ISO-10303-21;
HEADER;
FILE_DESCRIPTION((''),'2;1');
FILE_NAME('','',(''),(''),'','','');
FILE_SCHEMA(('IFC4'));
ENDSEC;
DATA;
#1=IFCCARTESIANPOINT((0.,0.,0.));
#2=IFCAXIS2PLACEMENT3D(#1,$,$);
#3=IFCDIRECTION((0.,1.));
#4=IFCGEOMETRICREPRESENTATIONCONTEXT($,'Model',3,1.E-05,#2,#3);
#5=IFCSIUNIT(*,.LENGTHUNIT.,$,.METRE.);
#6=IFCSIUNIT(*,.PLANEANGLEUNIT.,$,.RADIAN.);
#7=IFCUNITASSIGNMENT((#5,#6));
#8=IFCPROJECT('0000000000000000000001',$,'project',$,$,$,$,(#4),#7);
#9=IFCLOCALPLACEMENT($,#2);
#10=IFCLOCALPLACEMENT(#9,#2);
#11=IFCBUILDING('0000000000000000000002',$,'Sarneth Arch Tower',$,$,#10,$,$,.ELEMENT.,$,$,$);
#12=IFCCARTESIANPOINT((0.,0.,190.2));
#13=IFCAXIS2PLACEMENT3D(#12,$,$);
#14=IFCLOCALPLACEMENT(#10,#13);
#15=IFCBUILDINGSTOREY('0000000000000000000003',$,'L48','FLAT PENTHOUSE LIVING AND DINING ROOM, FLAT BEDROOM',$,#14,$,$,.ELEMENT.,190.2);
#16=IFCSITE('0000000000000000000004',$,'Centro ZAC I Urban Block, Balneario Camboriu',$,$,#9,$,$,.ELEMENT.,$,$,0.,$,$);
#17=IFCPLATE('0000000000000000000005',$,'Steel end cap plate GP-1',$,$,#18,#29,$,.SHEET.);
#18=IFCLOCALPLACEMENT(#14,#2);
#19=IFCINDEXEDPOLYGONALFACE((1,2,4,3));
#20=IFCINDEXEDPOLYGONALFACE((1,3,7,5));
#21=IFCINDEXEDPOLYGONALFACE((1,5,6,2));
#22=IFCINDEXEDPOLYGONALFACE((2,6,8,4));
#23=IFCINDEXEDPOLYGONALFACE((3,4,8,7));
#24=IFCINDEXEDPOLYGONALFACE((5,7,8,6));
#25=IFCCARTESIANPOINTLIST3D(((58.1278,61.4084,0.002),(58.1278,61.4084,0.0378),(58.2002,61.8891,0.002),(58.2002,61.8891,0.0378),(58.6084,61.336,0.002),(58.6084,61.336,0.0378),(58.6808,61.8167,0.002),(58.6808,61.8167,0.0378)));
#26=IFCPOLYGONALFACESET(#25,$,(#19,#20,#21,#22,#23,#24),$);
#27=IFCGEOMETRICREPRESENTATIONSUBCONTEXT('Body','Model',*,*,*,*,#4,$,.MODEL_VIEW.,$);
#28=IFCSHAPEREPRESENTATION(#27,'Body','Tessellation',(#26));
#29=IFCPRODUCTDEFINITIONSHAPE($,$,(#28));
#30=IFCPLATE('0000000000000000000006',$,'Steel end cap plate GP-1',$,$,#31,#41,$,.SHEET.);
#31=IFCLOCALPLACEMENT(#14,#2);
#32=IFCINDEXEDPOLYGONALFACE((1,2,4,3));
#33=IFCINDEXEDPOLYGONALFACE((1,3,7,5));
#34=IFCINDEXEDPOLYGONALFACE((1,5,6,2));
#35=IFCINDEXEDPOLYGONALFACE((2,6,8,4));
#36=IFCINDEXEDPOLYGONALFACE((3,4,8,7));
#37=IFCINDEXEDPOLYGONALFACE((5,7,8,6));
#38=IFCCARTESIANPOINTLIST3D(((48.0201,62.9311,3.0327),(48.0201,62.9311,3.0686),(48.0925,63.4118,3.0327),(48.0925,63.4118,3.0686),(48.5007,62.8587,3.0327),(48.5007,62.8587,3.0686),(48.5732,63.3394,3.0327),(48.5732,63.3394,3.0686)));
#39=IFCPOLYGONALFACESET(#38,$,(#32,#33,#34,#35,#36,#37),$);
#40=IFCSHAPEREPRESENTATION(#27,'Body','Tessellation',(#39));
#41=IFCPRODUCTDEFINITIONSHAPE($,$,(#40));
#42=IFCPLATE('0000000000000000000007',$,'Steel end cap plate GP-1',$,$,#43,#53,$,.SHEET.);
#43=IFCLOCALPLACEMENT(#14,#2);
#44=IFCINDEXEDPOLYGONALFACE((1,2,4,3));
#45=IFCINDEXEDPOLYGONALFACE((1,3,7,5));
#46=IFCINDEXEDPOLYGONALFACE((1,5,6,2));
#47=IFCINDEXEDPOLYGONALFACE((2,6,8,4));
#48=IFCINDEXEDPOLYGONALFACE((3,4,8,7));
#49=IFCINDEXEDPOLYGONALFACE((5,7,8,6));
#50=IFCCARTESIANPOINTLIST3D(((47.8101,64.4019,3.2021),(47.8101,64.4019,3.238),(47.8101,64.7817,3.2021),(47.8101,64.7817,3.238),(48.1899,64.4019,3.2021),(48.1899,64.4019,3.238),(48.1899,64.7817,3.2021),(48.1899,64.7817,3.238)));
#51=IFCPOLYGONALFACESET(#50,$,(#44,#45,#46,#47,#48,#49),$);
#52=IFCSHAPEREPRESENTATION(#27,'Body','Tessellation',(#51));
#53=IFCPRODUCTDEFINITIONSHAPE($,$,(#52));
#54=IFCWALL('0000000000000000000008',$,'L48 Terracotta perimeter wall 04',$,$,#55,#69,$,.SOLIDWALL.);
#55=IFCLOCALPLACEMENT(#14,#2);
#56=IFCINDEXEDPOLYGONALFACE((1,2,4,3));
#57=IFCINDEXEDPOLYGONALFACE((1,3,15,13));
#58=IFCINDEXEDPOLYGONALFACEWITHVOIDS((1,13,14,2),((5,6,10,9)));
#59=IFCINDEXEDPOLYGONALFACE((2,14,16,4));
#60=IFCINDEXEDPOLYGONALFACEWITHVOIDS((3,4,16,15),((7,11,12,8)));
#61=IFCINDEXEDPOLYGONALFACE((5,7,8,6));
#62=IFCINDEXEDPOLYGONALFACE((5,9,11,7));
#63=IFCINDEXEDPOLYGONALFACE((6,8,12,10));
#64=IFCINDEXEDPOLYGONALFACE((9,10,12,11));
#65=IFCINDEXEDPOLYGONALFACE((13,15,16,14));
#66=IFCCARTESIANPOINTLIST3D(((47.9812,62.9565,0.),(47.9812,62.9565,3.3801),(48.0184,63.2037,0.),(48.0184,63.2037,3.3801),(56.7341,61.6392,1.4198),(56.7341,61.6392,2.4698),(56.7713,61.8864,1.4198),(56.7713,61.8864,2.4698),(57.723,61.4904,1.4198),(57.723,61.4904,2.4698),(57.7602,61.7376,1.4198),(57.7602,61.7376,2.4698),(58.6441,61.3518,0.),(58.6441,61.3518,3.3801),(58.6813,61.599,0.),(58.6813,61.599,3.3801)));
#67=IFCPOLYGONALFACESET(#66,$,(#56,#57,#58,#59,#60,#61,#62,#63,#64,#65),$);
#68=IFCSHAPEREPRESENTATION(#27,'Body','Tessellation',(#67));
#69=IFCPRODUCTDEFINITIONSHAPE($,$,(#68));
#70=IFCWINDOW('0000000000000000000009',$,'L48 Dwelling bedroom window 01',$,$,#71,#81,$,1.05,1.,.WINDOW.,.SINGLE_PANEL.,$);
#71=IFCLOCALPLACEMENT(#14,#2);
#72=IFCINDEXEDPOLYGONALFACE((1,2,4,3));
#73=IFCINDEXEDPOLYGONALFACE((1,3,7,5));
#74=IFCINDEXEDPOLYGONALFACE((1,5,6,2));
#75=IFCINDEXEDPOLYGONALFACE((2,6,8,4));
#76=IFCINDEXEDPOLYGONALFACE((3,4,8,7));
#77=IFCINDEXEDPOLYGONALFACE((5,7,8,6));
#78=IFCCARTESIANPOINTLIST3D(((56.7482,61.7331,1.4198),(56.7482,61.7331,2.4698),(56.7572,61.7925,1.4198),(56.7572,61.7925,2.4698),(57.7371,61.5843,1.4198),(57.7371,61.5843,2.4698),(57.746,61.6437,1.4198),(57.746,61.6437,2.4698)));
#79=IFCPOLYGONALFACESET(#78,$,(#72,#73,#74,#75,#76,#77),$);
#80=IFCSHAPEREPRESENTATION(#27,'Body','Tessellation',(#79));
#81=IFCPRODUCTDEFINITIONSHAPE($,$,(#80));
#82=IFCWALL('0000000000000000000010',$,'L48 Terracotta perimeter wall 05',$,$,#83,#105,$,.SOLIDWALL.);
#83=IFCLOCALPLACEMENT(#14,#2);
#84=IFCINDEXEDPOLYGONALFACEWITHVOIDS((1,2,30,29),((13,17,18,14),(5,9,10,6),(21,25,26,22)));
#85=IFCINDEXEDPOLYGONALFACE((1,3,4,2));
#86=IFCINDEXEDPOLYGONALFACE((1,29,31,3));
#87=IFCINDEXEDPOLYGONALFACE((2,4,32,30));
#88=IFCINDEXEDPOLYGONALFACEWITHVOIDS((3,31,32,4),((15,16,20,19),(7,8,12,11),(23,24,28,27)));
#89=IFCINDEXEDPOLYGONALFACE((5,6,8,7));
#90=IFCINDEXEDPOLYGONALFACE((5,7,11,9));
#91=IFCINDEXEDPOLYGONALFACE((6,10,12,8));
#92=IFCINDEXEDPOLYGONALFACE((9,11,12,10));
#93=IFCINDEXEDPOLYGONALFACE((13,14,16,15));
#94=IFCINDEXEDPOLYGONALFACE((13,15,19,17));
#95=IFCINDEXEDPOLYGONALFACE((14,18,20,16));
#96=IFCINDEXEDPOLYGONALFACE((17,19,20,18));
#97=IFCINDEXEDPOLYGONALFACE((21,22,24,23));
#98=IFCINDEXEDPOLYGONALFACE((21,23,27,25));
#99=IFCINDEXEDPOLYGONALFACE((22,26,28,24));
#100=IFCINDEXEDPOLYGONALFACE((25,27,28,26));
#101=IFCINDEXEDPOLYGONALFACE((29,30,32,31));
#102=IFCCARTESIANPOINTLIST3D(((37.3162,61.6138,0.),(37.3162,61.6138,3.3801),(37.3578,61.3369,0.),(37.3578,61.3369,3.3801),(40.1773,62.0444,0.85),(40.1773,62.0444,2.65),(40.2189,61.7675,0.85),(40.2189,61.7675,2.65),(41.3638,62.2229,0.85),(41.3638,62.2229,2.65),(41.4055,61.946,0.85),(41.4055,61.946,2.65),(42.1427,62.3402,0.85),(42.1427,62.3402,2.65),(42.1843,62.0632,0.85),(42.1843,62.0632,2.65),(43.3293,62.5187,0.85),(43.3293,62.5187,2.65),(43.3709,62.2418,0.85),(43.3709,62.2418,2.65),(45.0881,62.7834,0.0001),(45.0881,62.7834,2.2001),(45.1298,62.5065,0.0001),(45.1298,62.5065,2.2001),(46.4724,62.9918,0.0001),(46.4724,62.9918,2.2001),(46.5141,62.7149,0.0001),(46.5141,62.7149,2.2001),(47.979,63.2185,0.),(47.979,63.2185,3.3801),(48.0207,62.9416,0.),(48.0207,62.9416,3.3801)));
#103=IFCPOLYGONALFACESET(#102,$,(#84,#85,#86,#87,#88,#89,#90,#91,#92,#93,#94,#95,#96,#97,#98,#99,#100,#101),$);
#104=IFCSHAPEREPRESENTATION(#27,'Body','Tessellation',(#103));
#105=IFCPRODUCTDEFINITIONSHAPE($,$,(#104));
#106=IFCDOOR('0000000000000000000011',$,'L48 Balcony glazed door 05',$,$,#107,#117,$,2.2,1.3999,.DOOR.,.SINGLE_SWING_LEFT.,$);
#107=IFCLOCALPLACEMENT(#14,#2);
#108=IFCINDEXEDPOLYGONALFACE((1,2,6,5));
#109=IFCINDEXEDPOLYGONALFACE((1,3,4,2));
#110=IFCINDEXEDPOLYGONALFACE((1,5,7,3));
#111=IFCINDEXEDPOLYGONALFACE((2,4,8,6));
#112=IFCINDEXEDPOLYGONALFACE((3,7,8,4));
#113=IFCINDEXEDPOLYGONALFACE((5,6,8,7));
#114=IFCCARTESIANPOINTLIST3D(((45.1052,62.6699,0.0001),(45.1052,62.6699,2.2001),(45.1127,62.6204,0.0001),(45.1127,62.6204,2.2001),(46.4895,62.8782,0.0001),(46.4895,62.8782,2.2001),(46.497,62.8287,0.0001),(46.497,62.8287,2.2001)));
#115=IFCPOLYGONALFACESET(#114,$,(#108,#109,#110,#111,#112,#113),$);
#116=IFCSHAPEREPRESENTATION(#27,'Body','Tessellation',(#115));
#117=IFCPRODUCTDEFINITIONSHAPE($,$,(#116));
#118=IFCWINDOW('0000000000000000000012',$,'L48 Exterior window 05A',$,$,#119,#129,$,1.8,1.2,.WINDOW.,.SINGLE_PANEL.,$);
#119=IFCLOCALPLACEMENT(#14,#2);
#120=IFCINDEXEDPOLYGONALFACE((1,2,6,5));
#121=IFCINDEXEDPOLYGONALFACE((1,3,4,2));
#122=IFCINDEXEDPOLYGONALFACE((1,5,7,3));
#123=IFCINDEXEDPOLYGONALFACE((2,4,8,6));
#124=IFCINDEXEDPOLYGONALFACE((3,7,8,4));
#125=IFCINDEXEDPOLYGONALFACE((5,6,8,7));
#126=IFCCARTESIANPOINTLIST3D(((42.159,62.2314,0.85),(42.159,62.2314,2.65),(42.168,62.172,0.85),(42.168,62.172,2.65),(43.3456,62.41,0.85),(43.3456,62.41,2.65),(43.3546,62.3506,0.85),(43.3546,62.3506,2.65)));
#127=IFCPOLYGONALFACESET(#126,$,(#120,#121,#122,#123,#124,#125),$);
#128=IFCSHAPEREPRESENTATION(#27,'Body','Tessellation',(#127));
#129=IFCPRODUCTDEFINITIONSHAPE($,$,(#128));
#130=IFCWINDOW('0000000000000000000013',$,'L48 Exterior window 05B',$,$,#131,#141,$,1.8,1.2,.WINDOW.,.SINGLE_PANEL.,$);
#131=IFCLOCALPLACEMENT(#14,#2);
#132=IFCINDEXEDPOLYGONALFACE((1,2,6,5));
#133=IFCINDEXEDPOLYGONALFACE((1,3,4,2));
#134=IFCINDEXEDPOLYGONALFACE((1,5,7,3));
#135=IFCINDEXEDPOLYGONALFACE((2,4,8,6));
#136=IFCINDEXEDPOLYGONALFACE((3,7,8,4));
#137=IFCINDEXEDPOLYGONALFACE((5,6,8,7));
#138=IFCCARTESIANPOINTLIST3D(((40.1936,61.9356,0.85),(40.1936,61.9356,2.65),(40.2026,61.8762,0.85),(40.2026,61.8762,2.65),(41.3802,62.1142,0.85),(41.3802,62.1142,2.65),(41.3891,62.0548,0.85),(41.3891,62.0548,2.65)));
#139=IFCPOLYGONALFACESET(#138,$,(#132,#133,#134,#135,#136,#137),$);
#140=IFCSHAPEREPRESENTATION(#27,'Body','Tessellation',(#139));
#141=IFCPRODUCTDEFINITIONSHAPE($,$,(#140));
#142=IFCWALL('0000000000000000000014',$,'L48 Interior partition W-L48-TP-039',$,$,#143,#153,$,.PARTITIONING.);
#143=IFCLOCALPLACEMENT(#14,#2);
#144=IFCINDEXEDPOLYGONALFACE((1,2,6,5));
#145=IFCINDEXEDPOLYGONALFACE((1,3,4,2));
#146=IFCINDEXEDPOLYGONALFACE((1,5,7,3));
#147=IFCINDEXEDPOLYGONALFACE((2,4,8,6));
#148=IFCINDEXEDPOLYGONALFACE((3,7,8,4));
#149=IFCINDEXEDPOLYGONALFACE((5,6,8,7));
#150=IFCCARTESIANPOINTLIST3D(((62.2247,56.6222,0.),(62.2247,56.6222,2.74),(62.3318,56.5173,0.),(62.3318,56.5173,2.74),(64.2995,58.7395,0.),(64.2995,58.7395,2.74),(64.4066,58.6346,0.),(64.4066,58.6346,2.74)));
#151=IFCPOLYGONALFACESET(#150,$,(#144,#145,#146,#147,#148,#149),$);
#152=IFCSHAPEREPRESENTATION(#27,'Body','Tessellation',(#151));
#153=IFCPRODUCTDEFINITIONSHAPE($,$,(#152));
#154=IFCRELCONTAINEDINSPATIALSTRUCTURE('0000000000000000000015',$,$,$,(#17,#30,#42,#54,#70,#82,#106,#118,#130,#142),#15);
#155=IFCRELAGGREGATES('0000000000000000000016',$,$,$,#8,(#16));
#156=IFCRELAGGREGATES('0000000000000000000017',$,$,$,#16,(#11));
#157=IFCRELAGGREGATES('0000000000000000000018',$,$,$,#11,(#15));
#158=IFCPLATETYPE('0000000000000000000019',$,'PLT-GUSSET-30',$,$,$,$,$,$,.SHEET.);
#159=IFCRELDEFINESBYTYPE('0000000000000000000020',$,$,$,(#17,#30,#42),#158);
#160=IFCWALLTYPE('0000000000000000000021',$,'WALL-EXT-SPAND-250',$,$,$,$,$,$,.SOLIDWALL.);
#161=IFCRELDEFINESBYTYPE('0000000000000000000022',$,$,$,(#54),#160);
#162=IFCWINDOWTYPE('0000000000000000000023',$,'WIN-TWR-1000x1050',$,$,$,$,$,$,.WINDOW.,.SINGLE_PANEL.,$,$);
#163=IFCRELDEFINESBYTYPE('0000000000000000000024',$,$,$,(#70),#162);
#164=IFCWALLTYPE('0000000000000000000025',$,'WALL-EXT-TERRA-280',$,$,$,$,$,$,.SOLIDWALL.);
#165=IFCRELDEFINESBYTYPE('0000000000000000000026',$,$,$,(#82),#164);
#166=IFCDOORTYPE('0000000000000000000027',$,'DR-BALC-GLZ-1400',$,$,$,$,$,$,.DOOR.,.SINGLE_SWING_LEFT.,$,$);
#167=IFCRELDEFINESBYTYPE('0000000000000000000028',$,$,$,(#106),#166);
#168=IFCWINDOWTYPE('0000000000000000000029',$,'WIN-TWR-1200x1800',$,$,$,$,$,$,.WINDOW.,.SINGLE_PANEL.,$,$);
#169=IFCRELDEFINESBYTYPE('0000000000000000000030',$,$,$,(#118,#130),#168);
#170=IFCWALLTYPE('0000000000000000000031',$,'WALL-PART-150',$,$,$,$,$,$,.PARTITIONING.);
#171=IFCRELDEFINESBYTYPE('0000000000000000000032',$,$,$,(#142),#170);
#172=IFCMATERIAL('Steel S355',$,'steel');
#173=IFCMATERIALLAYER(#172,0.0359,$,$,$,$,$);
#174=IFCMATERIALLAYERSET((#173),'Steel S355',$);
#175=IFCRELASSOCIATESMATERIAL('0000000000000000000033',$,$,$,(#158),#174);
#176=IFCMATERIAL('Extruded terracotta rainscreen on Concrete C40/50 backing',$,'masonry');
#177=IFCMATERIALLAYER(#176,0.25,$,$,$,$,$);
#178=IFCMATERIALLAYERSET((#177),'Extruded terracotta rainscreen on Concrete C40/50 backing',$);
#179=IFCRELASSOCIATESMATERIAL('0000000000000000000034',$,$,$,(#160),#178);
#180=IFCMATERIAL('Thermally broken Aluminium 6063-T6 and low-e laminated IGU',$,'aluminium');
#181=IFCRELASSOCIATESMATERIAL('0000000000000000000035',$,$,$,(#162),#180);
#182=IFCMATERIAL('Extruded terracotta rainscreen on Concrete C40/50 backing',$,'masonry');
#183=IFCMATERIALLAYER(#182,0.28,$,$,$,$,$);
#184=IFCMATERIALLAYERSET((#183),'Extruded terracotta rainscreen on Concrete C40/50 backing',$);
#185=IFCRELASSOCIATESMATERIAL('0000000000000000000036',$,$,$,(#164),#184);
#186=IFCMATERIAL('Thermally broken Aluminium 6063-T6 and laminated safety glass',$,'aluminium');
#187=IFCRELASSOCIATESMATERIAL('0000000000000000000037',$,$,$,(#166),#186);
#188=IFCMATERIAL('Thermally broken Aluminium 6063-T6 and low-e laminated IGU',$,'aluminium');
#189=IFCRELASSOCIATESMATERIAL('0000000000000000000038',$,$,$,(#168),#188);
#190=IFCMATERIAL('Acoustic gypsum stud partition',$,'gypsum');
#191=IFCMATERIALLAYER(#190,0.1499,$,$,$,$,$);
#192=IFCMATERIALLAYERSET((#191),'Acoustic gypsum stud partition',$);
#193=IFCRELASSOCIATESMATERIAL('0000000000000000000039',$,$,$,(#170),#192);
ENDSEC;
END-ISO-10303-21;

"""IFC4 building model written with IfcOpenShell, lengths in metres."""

from ifc_helpers import new_model, si_unit, direction, frame, frame_2d, origin, origin_2d, place, context, subcontext, project, spatial, rectangle, extrude, material, layer, layer_set, type_object, element, fill, save


model = new_model("IFC4")

# Units and contexts
model_context = context("Model", 3, precision=1e-05, world=origin(), true_north=direction((0.0, 1.0)))
body_context = subcontext(model_context, "Body", "Model", "MODEL_VIEW")
ifc_project = project(units=[si_unit("LENGTHUNIT", "METRE"), si_unit("PLANEANGLEUNIT", "RADIAN")], contexts=[model_context])

# Site, building, storey
site_placement = place(None, origin())
site = spatial("IfcSite", under=ifc_project, at=site_placement, Name="Centro ZAC I Urban Block, Balneario Camboriu", CompositionType="ELEMENT", RefElevation=0.0)
building_placement = place(site_placement, origin())
building = spatial("IfcBuilding", under=site, at=building_placement, Name="Sarneth Arch Tower", CompositionType="ELEMENT")
storey_placement = place(building_placement, frame((0.0, 0.0, 190.2)))
storey = spatial("IfcBuildingStorey", under=building, at=storey_placement, Name="L48", Description="FLAT PENTHOUSE LIVING AND DINING ROOM, FLAT BEDROOM", CompositionType="ELEMENT", Elevation=190.2)

# Plates
ifc_material_1 = material(Name="Steel S355", Category="steel")
ifc_layer_1 = layer(ifc_material_1, 0.0359)
ifc_layer_set_1 = layer_set([ifc_layer_1], Name="Steel S355")
plate_type = type_object("IfcPlateType", Name="PLT-GUSSET-30", PredefinedType="SHEET", material=ifc_layer_set_1)
for number, where, z_axis, x_axis, name in (
    (1, (58.4043, 61.6125, 0.002), (0.0, 0.0, 1.0), (-0.988835, 0.149018, 0.0), "Steel end cap plate GP-1"),
    (2, (48.2966, 63.1353, 3.0327), (0.0, 0.0, 1.0), (-0.988835, 0.149018, 0.0), "Steel end cap plate GP-1"),
):
    element("IfcPlate", number, at=place(storey_placement, frame(where, z_axis=z_axis, x_axis=x_axis)), inside=storey, type_object=plate_type, Name=name, PredefinedType="SHEET", context=body_context, shape_type="SweptSolid", body=[
        extrude(rectangle(XDim=0.4861, YDim=0.4861, at=origin_2d()), origin(), (0.0, 0.0, 1.0), 0.0359),
    ])
plate_placement = place(storey_placement, frame((48.0, 64.5918, 3.2021), z_axis=(0.0, 0.0, 1.0), x_axis=(0.0, 1.0, 0.0)))
element("IfcPlate", 3, at=plate_placement, inside=storey, type_object=plate_type, Name="Steel end cap plate GP-1", PredefinedType="SHEET", context=body_context, shape_type="SweptSolid", body=[
    extrude(rectangle(XDim=0.3799, YDim=0.3799, at=origin_2d()), origin(), (0.0, 0.0, 1.0), 0.0359),
])

# Wall, opening, window
ifc_material_2 = material(Name="Extruded terracotta rainscreen on Concrete C40/50 backing", Category="masonry")
ifc_layer_2 = layer(ifc_material_2, 0.25)
ifc_layer_set_2 = layer_set([ifc_layer_2], Name="Extruded terracotta rainscreen on Concrete C40/50 backing")
wall_type_1 = type_object("IfcWallType", Name="WALL-EXT-SPAND-250", PredefinedType="SOLIDWALL", material=ifc_layer_set_2)
wall_1_placement = place(storey_placement, frame((58.6628, 61.4753, 0.0), z_axis=(0.0, 0.0, 1.0), x_axis=(-0.988864, 0.148822, 0.0)))
wall_1 = element("IfcWall", 4, at=wall_1_placement, inside=storey, type_object=wall_type_1, Name="L48 Terracotta perimeter wall 04", PredefinedType="SOLIDWALL", context=body_context, shape_type="SweptSolid", body=[
    extrude(rectangle(XDim=10.783, YDim=0.25, at=frame_2d((5.3916, 0.0))), origin(), (0.0, 0.0, 1.0), 3.3801),
])
opening_1_placement = place(wall_1_placement, frame((0.9316, 0.0, 1.4199)))
opening_1 = element("IfcOpeningElement", 5, at=opening_1_placement, cuts=wall_1, PredefinedType="OPENING", context=body_context, shape_type="SweptSolid", body=[
    extrude(rectangle(XDim=1.0, YDim=1.05, at=frame_2d((0.5, 0.5249))), frame((0.0, 0.135, 0.0), z_axis=(0.0, -1.0, 0.0), x_axis=(1.0, 0.0, 0.0)), (0.0, 0.0, 1.0), 0.27),
])
ifc_material_3 = material(Name="Thermally broken Aluminium 6063-T6 and low-e laminated IGU", Category="aluminium")
window_type_1 = type_object("IfcWindowType", Name="WIN-TWR-1000x1050", PartitioningType="SINGLE_PANEL", PredefinedType="WINDOW", material=ifc_material_3)
window_1_placement = place(opening_1_placement, origin())
window_1 = element("IfcWindow", 6, at=window_1_placement, inside=storey, type_object=window_type_1, Name="L48 Dwelling bedroom window 01", OverallHeight=1.05, OverallWidth=1.0, PartitioningType="SINGLE_PANEL", PredefinedType="WINDOW", context=body_context, shape_type="SweptSolid", body=[
    extrude(rectangle(XDim=1.0, YDim=1.05, at=frame_2d((0.5, 0.5249))), frame((0.0, 0.03, 0.0), z_axis=(0.0, -1.0, 0.0), x_axis=(1.0, 0.0, 0.0)), (0.0, 0.0, 1.0), 0.0601),
])
fill(opening_1, window_1)

# Wall, openings, door, windows
ifc_material_4 = material(Name="Extruded terracotta rainscreen on Concrete C40/50 backing", Category="masonry")
ifc_layer_3 = layer(ifc_material_4, 0.28)
ifc_layer_set_3 = layer_set([ifc_layer_3], Name="Extruded terracotta rainscreen on Concrete C40/50 backing")
wall_type_2 = type_object("IfcWallType", Name="WALL-EXT-TERRA-280", PredefinedType="SOLIDWALL", material=ifc_layer_set_3)
wall_2_placement = place(storey_placement, frame((48.0, 63.0801, 0.0), z_axis=(0.0, 0.0, 1.0), x_axis=(-0.988864, -0.148822, 0.0)))
wall_2 = element("IfcWall", 7, at=wall_2_placement, inside=storey, type_object=wall_type_2, Name="L48 Terracotta perimeter wall 05", PredefinedType="SOLIDWALL", context=body_context, shape_type="SweptSolid", body=[
    extrude(rectangle(XDim=10.783, YDim=0.28, at=frame_2d((5.3916, 0.0))), origin(), (0.0, 0.0, 1.0), 3.3801),
])
opening_2_placement = place(wall_2_placement, frame((1.5237, 0.0, 0.0)))
opening_2 = element("IfcOpeningElement", 8, at=opening_2_placement, cuts=wall_2, PredefinedType="OPENING", context=body_context, shape_type="SweptSolid", body=[
    extrude(rectangle(XDim=1.3999, YDim=2.2, at=frame_2d((0.7, 1.1001))), frame((0.0, 0.1499, 0.0), z_axis=(0.0, -1.0, 0.0), x_axis=(1.0, 0.0, 0.0)), (0.0, 0.0, 1.0), 0.3),
])
opening_3_placement = place(wall_2_placement, frame((4.7021, 0.0, 0.8501)))
opening_3 = element("IfcOpeningElement", 9, at=opening_3_placement, cuts=wall_2, PredefinedType="OPENING", context=body_context, shape_type="SweptSolid", body=[
    extrude(rectangle(XDim=1.2, YDim=1.8, at=frame_2d((0.6001, 0.8999))), frame((0.0, 0.1499, 0.0), z_axis=(0.0, -1.0, 0.0), x_axis=(1.0, 0.0, 0.0)), (0.0, 0.0, 1.0), 0.3),
])
opening_4_placement = place(wall_2_placement, frame((6.6897, 0.0, 0.8501)))
opening_4 = element("IfcOpeningElement", 10, at=opening_4_placement, cuts=wall_2, PredefinedType="OPENING", context=body_context, shape_type="SweptSolid", body=[
    extrude(rectangle(XDim=1.2, YDim=1.8, at=frame_2d((0.6001, 0.8999))), frame((0.0, 0.1499, 0.0), z_axis=(0.0, -1.0, 0.0), x_axis=(1.0, 0.0, 0.0)), (0.0, 0.0, 1.0), 0.3),
])
ifc_material_5 = material(Name="Thermally broken Aluminium 6063-T6 and laminated safety glass", Category="aluminium")
door_type_1 = type_object("IfcDoorType", Name="DR-BALC-GLZ-1400", OperationType="SINGLE_SWING_LEFT", PredefinedType="DOOR", material=ifc_material_5)
door_1_placement = place(opening_2_placement, origin())
door_1 = element("IfcDoor", 11, at=door_1_placement, inside=storey, type_object=door_type_1, Name="L48 Balcony glazed door 05", OperationType="SINGLE_SWING_LEFT", OverallHeight=2.2, OverallWidth=1.3999, PredefinedType="DOOR", context=body_context, shape_type="SweptSolid", body=[
    extrude(rectangle(XDim=1.3999, YDim=2.2, at=frame_2d((0.7, 1.1001))), frame((0.0, 0.0249, 0.0), z_axis=(0.0, -1.0, 0.0), x_axis=(1.0, 0.0, 0.0)), (0.0, 0.0, 1.0), 0.05),
])
fill(opening_2, door_1)
ifc_material_6 = material(Name="Thermally broken Aluminium 6063-T6 and low-e laminated IGU", Category="aluminium")
window_type_2 = type_object("IfcWindowType", Name="WIN-TWR-1200x1800", PartitioningType="SINGLE_PANEL", PredefinedType="WINDOW", material=ifc_material_6)
window_2_placement = place(opening_3_placement, origin())
window_2 = element("IfcWindow", 12, at=window_2_placement, inside=storey, type_object=window_type_2, Name="L48 Exterior window 05A", OverallHeight=1.8, OverallWidth=1.2, PartitioningType="SINGLE_PANEL", PredefinedType="WINDOW", context=body_context, shape_type="SweptSolid", body=[
    extrude(rectangle(XDim=1.2, YDim=1.8, at=frame_2d((0.6001, 0.8999))), frame((0.0, 0.03, 0.0), z_axis=(0.0, -1.0, 0.0), x_axis=(1.0, 0.0, 0.0)), (0.0, 0.0, 1.0), 0.0601),
])
fill(opening_3, window_2)
window_3_placement = place(opening_4_placement, origin())
window_3 = element("IfcWindow", 13, at=window_3_placement, inside=storey, type_object=window_type_2, Name="L48 Exterior window 05B", OverallHeight=1.8, OverallWidth=1.2, PartitioningType="SINGLE_PANEL", PredefinedType="WINDOW", context=body_context, shape_type="SweptSolid", body=[
    extrude(rectangle(XDim=1.2, YDim=1.8, at=frame_2d((0.6001, 0.8999))), frame((0.0, 0.03, 0.0), z_axis=(0.0, -1.0, 0.0), x_axis=(1.0, 0.0, 0.0)), (0.0, 0.0, 1.0), 0.0601),
])
fill(opening_4, window_3)

# Wall
ifc_material_7 = material(Name="Acoustic gypsum stud partition", Category="gypsum")
ifc_layer_4 = layer(ifc_material_7, 0.1499)
ifc_layer_set_4 = layer_set([ifc_layer_4], Name="Acoustic gypsum stud partition")
wall_type_3 = type_object("IfcWallType", Name="WALL-PART-150", PredefinedType="PARTITIONING", material=ifc_layer_set_4)
wall_3_placement = place(storey_placement, frame((64.353, 58.687, 0.0), z_axis=(0.0, 0.0, 1.0), x_axis=(-0.699905, -0.714236, 0.0)))
element("IfcWall", 14, at=wall_3_placement, inside=storey, type_object=wall_type_3, Name="L48 Interior partition W-L48-TP-039", PredefinedType="PARTITIONING", context=body_context, shape_type="SweptSolid", body=[
    extrude(rectangle(XDim=2.9644, YDim=0.1499, at=frame_2d((1.4822, 0.0))), origin(), (0.0, 0.0, 1.0), 2.74),
])

save(model, "model.ifc")
